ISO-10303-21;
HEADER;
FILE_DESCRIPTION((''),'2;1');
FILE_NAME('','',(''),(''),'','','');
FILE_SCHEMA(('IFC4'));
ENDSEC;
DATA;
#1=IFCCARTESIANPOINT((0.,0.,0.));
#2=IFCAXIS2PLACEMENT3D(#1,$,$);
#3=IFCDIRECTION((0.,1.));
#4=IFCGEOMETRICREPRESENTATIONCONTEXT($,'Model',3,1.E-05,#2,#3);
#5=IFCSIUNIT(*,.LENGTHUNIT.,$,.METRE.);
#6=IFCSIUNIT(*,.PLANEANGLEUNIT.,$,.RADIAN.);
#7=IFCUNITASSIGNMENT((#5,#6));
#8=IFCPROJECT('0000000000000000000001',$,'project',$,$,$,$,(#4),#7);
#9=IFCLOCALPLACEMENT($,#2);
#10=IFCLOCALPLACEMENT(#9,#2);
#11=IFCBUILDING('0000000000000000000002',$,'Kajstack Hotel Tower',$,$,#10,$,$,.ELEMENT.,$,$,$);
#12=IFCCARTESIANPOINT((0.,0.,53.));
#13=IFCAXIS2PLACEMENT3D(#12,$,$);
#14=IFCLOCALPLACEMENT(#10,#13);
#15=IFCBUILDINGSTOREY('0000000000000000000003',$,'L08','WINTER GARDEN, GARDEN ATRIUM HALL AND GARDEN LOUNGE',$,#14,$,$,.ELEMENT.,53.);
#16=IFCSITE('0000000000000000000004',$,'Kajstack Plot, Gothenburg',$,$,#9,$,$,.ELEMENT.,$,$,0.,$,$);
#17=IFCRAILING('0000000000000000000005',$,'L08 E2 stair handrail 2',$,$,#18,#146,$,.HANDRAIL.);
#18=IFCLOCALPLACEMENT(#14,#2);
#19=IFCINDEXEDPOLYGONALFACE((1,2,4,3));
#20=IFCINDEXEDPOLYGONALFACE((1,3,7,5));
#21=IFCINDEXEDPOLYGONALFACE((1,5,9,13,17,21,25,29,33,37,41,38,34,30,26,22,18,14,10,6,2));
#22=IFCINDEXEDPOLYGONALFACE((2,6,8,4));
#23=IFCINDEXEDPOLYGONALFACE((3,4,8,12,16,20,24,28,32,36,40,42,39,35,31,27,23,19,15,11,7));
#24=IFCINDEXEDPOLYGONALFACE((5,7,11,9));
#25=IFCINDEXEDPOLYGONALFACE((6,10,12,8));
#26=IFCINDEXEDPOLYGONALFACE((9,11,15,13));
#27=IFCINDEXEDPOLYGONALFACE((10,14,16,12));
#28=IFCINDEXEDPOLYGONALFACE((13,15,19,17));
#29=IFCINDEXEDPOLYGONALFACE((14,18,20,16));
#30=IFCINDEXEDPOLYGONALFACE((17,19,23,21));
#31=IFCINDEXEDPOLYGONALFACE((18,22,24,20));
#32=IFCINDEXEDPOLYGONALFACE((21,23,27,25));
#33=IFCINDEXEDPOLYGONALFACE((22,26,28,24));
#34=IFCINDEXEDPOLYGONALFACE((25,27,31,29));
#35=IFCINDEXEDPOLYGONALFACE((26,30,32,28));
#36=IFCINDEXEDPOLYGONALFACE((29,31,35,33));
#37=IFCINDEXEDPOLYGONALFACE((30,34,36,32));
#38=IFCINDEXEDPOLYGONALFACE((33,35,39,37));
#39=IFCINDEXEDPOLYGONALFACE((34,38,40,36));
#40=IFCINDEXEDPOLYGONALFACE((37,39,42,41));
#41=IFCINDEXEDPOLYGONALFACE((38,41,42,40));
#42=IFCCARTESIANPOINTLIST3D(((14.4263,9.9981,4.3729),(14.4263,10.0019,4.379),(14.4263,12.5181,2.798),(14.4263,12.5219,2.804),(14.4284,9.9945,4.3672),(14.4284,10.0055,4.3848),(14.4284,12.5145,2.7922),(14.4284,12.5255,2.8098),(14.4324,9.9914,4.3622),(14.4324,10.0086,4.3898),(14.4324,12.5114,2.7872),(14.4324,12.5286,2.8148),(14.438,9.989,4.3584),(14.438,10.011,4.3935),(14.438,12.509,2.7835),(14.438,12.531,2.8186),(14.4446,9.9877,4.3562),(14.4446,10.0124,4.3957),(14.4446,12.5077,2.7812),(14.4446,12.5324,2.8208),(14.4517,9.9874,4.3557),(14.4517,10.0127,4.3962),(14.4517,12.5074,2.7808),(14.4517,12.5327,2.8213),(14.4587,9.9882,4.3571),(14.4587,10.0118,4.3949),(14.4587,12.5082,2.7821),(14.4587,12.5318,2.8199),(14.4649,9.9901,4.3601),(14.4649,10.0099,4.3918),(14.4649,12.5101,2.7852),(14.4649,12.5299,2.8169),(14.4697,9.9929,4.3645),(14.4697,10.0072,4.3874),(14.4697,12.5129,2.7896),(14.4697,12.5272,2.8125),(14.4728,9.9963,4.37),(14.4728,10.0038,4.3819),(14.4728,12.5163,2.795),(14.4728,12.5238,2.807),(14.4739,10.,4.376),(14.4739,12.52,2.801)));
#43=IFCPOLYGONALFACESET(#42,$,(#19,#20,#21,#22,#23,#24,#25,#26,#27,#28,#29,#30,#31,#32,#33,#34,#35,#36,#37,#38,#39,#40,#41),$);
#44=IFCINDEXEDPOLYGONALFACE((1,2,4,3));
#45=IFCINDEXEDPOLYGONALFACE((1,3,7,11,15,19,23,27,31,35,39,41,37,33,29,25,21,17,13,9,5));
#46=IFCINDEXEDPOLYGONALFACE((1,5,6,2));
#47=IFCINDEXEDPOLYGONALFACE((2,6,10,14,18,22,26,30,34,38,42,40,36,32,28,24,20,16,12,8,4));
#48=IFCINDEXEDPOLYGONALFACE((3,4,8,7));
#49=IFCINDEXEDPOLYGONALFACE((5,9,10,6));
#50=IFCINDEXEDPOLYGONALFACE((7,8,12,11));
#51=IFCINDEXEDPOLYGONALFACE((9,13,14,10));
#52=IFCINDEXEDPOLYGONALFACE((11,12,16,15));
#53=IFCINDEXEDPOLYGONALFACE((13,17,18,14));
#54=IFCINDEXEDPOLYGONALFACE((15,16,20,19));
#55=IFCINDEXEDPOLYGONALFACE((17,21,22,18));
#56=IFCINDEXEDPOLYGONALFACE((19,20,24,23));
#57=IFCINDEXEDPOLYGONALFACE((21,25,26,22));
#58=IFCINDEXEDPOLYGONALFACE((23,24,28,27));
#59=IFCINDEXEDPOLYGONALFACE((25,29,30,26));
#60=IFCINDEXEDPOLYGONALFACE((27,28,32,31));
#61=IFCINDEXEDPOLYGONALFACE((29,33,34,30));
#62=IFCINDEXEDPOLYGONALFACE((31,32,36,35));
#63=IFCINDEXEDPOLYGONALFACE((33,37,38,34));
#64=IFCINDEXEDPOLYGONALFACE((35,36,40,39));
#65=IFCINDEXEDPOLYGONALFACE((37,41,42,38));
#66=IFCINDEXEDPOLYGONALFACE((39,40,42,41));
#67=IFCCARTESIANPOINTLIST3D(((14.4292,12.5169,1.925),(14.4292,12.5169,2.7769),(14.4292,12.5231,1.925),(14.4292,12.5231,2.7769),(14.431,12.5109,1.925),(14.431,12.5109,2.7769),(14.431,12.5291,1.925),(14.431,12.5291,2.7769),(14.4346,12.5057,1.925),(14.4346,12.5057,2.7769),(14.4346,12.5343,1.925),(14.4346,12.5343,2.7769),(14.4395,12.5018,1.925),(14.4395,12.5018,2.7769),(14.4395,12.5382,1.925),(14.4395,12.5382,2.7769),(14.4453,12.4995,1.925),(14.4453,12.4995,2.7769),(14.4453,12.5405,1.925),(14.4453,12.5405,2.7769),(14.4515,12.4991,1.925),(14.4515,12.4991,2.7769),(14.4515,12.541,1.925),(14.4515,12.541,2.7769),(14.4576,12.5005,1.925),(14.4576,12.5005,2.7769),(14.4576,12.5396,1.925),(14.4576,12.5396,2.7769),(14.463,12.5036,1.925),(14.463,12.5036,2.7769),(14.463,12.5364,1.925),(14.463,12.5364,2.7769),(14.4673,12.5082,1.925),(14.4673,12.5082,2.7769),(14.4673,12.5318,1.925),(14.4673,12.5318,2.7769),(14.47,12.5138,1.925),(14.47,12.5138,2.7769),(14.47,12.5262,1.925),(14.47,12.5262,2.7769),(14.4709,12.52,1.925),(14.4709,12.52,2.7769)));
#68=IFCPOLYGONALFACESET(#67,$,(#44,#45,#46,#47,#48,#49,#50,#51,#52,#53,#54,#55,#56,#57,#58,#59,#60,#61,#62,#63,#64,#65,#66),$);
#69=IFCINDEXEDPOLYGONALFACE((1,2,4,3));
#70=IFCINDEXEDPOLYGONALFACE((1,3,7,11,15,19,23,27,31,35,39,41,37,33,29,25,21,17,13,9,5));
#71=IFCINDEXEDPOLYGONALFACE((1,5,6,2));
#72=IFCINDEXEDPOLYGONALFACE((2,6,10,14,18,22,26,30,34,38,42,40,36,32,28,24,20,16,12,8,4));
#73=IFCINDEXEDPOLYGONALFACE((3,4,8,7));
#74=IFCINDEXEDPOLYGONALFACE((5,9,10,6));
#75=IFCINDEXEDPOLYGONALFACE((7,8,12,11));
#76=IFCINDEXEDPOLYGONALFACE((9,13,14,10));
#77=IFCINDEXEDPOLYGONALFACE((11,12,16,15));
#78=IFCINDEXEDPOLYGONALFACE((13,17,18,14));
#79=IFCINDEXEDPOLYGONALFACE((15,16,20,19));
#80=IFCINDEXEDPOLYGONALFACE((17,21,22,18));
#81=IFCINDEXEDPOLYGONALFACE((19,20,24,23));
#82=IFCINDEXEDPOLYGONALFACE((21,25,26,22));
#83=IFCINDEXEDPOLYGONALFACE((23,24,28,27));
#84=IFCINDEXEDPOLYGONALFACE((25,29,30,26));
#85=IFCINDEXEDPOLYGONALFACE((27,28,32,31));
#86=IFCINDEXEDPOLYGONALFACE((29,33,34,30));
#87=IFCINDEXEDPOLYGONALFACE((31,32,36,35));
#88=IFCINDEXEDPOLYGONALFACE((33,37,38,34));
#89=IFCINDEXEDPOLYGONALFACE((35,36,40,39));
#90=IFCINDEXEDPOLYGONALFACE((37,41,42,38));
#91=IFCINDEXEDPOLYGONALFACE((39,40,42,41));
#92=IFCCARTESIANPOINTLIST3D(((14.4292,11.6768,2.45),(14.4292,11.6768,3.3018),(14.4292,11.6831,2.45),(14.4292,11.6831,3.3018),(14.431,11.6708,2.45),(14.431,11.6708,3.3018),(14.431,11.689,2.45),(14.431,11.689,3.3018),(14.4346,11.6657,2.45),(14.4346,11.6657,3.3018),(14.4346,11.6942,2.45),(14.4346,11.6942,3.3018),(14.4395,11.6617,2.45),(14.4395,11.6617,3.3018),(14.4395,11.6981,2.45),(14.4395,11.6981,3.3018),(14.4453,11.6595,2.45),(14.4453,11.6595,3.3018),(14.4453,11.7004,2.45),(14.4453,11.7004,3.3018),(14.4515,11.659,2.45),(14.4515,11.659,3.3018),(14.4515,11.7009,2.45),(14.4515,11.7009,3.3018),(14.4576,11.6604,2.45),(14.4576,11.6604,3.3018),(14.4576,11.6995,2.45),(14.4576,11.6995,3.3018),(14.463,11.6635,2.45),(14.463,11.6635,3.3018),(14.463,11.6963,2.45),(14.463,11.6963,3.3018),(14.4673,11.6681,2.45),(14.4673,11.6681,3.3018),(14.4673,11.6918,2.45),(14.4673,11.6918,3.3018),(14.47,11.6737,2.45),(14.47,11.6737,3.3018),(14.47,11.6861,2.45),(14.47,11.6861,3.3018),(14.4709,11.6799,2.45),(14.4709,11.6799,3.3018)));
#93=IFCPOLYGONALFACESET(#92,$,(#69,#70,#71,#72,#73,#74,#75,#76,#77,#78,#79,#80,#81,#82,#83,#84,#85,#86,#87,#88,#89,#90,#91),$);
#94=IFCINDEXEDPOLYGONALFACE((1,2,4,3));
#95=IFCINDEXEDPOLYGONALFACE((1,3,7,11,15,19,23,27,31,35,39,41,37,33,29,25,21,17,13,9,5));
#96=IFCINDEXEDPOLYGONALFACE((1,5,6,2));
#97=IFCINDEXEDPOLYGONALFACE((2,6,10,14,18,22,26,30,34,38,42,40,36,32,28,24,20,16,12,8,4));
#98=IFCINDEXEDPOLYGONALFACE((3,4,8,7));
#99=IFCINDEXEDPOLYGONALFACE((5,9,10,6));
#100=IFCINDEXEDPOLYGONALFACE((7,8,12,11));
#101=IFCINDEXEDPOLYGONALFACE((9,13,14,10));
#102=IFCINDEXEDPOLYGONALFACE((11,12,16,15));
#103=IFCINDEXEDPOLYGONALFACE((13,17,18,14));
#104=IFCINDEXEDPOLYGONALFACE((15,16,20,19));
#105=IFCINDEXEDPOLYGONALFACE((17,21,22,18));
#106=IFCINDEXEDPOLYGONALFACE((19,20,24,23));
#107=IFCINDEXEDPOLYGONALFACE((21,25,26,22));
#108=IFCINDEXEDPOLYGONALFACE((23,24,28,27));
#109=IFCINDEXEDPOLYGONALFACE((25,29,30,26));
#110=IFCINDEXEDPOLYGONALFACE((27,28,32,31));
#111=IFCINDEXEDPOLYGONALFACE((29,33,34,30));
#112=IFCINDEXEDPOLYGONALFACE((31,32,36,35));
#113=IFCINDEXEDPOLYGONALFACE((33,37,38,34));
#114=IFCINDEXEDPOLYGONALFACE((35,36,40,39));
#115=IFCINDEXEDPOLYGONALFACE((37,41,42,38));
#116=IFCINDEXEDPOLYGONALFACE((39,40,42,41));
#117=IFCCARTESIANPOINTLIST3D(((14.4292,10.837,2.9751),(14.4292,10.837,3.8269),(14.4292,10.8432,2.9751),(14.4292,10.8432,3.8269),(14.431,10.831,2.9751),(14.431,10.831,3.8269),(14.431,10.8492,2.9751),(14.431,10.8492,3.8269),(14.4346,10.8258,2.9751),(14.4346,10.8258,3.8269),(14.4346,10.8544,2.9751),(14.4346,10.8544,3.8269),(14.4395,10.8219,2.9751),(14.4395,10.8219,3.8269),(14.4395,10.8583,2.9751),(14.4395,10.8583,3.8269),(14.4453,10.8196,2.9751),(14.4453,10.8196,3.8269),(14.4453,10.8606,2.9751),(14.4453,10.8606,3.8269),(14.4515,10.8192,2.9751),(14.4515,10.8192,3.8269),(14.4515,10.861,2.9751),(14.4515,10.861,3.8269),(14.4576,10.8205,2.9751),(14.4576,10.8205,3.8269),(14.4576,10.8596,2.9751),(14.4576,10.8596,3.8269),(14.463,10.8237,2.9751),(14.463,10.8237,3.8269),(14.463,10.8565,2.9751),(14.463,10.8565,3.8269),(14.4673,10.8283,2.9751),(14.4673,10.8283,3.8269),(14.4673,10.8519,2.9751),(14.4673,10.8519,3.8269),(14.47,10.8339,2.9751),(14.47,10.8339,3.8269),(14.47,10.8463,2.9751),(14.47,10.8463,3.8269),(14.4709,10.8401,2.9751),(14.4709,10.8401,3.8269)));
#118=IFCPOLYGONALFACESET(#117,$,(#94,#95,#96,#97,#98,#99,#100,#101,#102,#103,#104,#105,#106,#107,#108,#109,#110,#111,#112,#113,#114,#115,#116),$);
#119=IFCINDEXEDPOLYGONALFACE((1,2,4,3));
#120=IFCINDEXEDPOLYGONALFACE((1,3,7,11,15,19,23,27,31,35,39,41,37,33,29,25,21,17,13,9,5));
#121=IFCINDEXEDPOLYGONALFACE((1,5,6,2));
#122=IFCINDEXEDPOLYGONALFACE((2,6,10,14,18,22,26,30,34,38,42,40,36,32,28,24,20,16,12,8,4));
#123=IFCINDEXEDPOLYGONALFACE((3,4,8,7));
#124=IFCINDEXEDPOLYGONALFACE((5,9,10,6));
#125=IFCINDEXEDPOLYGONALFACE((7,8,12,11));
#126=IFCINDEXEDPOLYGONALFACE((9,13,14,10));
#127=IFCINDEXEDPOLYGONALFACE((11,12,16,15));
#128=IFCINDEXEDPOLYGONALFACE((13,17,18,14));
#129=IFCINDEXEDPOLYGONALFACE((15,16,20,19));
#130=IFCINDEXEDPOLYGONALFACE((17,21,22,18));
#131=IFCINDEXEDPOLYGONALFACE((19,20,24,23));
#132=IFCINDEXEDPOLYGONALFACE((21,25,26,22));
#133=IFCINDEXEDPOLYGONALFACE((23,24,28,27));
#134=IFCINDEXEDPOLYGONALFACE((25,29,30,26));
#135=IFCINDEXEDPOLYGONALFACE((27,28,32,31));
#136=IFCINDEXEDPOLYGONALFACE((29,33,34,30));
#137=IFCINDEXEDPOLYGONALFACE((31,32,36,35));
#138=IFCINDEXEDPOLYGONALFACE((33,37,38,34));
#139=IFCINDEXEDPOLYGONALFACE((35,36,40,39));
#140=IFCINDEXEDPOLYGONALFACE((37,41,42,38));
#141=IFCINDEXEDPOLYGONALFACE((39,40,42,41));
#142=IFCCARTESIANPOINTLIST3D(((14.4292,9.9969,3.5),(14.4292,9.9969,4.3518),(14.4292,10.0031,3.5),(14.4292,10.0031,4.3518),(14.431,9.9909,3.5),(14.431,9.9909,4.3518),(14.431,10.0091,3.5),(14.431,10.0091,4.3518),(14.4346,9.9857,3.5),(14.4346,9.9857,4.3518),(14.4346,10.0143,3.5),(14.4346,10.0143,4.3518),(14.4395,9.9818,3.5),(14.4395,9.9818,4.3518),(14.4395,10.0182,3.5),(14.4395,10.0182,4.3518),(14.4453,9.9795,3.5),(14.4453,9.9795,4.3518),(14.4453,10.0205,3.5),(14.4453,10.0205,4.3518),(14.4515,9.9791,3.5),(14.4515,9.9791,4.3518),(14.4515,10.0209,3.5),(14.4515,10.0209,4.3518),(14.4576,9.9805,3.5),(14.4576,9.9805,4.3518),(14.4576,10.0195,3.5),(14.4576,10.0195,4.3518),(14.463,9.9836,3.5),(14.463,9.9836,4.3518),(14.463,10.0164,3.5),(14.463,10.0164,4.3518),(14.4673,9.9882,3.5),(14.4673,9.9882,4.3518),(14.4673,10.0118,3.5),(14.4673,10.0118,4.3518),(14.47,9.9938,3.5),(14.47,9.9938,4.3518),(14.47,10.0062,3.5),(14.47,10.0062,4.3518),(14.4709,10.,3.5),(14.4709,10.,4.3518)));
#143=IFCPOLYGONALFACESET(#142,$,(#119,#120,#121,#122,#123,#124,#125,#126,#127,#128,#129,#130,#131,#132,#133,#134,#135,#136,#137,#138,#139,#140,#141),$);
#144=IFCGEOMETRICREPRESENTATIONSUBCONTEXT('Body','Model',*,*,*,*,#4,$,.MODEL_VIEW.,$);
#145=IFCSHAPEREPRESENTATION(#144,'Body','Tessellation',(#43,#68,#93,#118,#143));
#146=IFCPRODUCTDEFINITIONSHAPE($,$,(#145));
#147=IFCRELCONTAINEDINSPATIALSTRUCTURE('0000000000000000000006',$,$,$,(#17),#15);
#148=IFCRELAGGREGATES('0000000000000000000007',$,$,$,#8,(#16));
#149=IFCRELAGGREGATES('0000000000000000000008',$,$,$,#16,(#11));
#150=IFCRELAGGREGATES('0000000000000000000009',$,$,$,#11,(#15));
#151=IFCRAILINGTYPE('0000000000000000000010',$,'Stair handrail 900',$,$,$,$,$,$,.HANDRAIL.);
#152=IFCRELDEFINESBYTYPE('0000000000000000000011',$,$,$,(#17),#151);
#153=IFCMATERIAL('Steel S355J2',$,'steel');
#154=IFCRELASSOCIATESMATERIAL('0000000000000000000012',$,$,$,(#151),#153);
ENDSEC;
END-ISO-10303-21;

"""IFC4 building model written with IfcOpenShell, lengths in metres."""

from ifc_helpers import new_model, si_unit, direction, frame, origin, origin_2d, place, context, subcontext, project, spatial, circle, extrude, material, type_object, element, save


model = new_model("IFC4")

# Units and contexts
model_context = context("Model", 3, precision=1e-05, world=origin(), true_north=direction((0.0, 1.0)))
body_context = subcontext(model_context, "Body", "Model", "MODEL_VIEW")
ifc_project = project(units=[si_unit("LENGTHUNIT", "METRE"), si_unit("PLANEANGLEUNIT", "RADIAN")], contexts=[model_context])

# Site, building, storey
site_placement = place(None, origin())
site = spatial("IfcSite", under=ifc_project, at=site_placement, Name="Kajstack Plot, Gothenburg", CompositionType="ELEMENT", RefElevation=0.0)
building_placement = place(site_placement, origin())
building = spatial("IfcBuilding", under=site, at=building_placement, Name="Kajstack Hotel Tower", CompositionType="ELEMENT")
storey_placement = place(building_placement, frame((0.0, 0.0, 53.0)))
storey = spatial("IfcBuildingStorey", under=building, at=storey_placement, Name="L08", Description="WINTER GARDEN, GARDEN ATRIUM HALL AND GARDEN LOUNGE", CompositionType="ELEMENT", Elevation=53.0)

# Railing
ifc_material_1 = material(Name="Steel S355J2", Category="steel")
railing_type_1 = type_object("IfcRailingType", Name="Stair handrail 900", PredefinedType="HANDRAIL", material=ifc_material_1)
for number, where, name in (
    (1, (14.45, 12.52, 1.925), "L08 E2 stair handrail 2"),
):
    element("IfcRailing", number, at=place(storey_placement, frame(where)), inside=storey, type_object=railing_type_1, Name=name, PredefinedType="HANDRAIL", context=body_context, shape_type="SweptSolid", body=[
        extrude(circle(Radius=0.0239, at=origin_2d()), frame((0.0, 0.0, 0.876), z_axis=(0.0, -0.848008, 0.529984), x_axis=(1.0, 0.0, 0.0)), (0.0, 0.0, 1.0), 2.9717),
        extrude(circle(Radius=0.021, at=origin_2d()), origin(), (0.0, 0.0, 1.0), 0.8518),
        extrude(circle(Radius=0.021, at=origin_2d()), frame((0.0, -0.8401, 0.5249)), (0.0, 0.0, 1.0), 0.8518),
        extrude(circle(Radius=0.021, at=origin_2d()), frame((0.0, -1.6799, 1.05)), (0.0, 0.0, 1.0), 0.8518),
        extrude(circle(Radius=0.021, at=origin_2d()), frame((0.0, -2.52, 1.575)), (0.0, 0.0, 1.0), 0.8518),
    ])

save(model, "model.ifc")
